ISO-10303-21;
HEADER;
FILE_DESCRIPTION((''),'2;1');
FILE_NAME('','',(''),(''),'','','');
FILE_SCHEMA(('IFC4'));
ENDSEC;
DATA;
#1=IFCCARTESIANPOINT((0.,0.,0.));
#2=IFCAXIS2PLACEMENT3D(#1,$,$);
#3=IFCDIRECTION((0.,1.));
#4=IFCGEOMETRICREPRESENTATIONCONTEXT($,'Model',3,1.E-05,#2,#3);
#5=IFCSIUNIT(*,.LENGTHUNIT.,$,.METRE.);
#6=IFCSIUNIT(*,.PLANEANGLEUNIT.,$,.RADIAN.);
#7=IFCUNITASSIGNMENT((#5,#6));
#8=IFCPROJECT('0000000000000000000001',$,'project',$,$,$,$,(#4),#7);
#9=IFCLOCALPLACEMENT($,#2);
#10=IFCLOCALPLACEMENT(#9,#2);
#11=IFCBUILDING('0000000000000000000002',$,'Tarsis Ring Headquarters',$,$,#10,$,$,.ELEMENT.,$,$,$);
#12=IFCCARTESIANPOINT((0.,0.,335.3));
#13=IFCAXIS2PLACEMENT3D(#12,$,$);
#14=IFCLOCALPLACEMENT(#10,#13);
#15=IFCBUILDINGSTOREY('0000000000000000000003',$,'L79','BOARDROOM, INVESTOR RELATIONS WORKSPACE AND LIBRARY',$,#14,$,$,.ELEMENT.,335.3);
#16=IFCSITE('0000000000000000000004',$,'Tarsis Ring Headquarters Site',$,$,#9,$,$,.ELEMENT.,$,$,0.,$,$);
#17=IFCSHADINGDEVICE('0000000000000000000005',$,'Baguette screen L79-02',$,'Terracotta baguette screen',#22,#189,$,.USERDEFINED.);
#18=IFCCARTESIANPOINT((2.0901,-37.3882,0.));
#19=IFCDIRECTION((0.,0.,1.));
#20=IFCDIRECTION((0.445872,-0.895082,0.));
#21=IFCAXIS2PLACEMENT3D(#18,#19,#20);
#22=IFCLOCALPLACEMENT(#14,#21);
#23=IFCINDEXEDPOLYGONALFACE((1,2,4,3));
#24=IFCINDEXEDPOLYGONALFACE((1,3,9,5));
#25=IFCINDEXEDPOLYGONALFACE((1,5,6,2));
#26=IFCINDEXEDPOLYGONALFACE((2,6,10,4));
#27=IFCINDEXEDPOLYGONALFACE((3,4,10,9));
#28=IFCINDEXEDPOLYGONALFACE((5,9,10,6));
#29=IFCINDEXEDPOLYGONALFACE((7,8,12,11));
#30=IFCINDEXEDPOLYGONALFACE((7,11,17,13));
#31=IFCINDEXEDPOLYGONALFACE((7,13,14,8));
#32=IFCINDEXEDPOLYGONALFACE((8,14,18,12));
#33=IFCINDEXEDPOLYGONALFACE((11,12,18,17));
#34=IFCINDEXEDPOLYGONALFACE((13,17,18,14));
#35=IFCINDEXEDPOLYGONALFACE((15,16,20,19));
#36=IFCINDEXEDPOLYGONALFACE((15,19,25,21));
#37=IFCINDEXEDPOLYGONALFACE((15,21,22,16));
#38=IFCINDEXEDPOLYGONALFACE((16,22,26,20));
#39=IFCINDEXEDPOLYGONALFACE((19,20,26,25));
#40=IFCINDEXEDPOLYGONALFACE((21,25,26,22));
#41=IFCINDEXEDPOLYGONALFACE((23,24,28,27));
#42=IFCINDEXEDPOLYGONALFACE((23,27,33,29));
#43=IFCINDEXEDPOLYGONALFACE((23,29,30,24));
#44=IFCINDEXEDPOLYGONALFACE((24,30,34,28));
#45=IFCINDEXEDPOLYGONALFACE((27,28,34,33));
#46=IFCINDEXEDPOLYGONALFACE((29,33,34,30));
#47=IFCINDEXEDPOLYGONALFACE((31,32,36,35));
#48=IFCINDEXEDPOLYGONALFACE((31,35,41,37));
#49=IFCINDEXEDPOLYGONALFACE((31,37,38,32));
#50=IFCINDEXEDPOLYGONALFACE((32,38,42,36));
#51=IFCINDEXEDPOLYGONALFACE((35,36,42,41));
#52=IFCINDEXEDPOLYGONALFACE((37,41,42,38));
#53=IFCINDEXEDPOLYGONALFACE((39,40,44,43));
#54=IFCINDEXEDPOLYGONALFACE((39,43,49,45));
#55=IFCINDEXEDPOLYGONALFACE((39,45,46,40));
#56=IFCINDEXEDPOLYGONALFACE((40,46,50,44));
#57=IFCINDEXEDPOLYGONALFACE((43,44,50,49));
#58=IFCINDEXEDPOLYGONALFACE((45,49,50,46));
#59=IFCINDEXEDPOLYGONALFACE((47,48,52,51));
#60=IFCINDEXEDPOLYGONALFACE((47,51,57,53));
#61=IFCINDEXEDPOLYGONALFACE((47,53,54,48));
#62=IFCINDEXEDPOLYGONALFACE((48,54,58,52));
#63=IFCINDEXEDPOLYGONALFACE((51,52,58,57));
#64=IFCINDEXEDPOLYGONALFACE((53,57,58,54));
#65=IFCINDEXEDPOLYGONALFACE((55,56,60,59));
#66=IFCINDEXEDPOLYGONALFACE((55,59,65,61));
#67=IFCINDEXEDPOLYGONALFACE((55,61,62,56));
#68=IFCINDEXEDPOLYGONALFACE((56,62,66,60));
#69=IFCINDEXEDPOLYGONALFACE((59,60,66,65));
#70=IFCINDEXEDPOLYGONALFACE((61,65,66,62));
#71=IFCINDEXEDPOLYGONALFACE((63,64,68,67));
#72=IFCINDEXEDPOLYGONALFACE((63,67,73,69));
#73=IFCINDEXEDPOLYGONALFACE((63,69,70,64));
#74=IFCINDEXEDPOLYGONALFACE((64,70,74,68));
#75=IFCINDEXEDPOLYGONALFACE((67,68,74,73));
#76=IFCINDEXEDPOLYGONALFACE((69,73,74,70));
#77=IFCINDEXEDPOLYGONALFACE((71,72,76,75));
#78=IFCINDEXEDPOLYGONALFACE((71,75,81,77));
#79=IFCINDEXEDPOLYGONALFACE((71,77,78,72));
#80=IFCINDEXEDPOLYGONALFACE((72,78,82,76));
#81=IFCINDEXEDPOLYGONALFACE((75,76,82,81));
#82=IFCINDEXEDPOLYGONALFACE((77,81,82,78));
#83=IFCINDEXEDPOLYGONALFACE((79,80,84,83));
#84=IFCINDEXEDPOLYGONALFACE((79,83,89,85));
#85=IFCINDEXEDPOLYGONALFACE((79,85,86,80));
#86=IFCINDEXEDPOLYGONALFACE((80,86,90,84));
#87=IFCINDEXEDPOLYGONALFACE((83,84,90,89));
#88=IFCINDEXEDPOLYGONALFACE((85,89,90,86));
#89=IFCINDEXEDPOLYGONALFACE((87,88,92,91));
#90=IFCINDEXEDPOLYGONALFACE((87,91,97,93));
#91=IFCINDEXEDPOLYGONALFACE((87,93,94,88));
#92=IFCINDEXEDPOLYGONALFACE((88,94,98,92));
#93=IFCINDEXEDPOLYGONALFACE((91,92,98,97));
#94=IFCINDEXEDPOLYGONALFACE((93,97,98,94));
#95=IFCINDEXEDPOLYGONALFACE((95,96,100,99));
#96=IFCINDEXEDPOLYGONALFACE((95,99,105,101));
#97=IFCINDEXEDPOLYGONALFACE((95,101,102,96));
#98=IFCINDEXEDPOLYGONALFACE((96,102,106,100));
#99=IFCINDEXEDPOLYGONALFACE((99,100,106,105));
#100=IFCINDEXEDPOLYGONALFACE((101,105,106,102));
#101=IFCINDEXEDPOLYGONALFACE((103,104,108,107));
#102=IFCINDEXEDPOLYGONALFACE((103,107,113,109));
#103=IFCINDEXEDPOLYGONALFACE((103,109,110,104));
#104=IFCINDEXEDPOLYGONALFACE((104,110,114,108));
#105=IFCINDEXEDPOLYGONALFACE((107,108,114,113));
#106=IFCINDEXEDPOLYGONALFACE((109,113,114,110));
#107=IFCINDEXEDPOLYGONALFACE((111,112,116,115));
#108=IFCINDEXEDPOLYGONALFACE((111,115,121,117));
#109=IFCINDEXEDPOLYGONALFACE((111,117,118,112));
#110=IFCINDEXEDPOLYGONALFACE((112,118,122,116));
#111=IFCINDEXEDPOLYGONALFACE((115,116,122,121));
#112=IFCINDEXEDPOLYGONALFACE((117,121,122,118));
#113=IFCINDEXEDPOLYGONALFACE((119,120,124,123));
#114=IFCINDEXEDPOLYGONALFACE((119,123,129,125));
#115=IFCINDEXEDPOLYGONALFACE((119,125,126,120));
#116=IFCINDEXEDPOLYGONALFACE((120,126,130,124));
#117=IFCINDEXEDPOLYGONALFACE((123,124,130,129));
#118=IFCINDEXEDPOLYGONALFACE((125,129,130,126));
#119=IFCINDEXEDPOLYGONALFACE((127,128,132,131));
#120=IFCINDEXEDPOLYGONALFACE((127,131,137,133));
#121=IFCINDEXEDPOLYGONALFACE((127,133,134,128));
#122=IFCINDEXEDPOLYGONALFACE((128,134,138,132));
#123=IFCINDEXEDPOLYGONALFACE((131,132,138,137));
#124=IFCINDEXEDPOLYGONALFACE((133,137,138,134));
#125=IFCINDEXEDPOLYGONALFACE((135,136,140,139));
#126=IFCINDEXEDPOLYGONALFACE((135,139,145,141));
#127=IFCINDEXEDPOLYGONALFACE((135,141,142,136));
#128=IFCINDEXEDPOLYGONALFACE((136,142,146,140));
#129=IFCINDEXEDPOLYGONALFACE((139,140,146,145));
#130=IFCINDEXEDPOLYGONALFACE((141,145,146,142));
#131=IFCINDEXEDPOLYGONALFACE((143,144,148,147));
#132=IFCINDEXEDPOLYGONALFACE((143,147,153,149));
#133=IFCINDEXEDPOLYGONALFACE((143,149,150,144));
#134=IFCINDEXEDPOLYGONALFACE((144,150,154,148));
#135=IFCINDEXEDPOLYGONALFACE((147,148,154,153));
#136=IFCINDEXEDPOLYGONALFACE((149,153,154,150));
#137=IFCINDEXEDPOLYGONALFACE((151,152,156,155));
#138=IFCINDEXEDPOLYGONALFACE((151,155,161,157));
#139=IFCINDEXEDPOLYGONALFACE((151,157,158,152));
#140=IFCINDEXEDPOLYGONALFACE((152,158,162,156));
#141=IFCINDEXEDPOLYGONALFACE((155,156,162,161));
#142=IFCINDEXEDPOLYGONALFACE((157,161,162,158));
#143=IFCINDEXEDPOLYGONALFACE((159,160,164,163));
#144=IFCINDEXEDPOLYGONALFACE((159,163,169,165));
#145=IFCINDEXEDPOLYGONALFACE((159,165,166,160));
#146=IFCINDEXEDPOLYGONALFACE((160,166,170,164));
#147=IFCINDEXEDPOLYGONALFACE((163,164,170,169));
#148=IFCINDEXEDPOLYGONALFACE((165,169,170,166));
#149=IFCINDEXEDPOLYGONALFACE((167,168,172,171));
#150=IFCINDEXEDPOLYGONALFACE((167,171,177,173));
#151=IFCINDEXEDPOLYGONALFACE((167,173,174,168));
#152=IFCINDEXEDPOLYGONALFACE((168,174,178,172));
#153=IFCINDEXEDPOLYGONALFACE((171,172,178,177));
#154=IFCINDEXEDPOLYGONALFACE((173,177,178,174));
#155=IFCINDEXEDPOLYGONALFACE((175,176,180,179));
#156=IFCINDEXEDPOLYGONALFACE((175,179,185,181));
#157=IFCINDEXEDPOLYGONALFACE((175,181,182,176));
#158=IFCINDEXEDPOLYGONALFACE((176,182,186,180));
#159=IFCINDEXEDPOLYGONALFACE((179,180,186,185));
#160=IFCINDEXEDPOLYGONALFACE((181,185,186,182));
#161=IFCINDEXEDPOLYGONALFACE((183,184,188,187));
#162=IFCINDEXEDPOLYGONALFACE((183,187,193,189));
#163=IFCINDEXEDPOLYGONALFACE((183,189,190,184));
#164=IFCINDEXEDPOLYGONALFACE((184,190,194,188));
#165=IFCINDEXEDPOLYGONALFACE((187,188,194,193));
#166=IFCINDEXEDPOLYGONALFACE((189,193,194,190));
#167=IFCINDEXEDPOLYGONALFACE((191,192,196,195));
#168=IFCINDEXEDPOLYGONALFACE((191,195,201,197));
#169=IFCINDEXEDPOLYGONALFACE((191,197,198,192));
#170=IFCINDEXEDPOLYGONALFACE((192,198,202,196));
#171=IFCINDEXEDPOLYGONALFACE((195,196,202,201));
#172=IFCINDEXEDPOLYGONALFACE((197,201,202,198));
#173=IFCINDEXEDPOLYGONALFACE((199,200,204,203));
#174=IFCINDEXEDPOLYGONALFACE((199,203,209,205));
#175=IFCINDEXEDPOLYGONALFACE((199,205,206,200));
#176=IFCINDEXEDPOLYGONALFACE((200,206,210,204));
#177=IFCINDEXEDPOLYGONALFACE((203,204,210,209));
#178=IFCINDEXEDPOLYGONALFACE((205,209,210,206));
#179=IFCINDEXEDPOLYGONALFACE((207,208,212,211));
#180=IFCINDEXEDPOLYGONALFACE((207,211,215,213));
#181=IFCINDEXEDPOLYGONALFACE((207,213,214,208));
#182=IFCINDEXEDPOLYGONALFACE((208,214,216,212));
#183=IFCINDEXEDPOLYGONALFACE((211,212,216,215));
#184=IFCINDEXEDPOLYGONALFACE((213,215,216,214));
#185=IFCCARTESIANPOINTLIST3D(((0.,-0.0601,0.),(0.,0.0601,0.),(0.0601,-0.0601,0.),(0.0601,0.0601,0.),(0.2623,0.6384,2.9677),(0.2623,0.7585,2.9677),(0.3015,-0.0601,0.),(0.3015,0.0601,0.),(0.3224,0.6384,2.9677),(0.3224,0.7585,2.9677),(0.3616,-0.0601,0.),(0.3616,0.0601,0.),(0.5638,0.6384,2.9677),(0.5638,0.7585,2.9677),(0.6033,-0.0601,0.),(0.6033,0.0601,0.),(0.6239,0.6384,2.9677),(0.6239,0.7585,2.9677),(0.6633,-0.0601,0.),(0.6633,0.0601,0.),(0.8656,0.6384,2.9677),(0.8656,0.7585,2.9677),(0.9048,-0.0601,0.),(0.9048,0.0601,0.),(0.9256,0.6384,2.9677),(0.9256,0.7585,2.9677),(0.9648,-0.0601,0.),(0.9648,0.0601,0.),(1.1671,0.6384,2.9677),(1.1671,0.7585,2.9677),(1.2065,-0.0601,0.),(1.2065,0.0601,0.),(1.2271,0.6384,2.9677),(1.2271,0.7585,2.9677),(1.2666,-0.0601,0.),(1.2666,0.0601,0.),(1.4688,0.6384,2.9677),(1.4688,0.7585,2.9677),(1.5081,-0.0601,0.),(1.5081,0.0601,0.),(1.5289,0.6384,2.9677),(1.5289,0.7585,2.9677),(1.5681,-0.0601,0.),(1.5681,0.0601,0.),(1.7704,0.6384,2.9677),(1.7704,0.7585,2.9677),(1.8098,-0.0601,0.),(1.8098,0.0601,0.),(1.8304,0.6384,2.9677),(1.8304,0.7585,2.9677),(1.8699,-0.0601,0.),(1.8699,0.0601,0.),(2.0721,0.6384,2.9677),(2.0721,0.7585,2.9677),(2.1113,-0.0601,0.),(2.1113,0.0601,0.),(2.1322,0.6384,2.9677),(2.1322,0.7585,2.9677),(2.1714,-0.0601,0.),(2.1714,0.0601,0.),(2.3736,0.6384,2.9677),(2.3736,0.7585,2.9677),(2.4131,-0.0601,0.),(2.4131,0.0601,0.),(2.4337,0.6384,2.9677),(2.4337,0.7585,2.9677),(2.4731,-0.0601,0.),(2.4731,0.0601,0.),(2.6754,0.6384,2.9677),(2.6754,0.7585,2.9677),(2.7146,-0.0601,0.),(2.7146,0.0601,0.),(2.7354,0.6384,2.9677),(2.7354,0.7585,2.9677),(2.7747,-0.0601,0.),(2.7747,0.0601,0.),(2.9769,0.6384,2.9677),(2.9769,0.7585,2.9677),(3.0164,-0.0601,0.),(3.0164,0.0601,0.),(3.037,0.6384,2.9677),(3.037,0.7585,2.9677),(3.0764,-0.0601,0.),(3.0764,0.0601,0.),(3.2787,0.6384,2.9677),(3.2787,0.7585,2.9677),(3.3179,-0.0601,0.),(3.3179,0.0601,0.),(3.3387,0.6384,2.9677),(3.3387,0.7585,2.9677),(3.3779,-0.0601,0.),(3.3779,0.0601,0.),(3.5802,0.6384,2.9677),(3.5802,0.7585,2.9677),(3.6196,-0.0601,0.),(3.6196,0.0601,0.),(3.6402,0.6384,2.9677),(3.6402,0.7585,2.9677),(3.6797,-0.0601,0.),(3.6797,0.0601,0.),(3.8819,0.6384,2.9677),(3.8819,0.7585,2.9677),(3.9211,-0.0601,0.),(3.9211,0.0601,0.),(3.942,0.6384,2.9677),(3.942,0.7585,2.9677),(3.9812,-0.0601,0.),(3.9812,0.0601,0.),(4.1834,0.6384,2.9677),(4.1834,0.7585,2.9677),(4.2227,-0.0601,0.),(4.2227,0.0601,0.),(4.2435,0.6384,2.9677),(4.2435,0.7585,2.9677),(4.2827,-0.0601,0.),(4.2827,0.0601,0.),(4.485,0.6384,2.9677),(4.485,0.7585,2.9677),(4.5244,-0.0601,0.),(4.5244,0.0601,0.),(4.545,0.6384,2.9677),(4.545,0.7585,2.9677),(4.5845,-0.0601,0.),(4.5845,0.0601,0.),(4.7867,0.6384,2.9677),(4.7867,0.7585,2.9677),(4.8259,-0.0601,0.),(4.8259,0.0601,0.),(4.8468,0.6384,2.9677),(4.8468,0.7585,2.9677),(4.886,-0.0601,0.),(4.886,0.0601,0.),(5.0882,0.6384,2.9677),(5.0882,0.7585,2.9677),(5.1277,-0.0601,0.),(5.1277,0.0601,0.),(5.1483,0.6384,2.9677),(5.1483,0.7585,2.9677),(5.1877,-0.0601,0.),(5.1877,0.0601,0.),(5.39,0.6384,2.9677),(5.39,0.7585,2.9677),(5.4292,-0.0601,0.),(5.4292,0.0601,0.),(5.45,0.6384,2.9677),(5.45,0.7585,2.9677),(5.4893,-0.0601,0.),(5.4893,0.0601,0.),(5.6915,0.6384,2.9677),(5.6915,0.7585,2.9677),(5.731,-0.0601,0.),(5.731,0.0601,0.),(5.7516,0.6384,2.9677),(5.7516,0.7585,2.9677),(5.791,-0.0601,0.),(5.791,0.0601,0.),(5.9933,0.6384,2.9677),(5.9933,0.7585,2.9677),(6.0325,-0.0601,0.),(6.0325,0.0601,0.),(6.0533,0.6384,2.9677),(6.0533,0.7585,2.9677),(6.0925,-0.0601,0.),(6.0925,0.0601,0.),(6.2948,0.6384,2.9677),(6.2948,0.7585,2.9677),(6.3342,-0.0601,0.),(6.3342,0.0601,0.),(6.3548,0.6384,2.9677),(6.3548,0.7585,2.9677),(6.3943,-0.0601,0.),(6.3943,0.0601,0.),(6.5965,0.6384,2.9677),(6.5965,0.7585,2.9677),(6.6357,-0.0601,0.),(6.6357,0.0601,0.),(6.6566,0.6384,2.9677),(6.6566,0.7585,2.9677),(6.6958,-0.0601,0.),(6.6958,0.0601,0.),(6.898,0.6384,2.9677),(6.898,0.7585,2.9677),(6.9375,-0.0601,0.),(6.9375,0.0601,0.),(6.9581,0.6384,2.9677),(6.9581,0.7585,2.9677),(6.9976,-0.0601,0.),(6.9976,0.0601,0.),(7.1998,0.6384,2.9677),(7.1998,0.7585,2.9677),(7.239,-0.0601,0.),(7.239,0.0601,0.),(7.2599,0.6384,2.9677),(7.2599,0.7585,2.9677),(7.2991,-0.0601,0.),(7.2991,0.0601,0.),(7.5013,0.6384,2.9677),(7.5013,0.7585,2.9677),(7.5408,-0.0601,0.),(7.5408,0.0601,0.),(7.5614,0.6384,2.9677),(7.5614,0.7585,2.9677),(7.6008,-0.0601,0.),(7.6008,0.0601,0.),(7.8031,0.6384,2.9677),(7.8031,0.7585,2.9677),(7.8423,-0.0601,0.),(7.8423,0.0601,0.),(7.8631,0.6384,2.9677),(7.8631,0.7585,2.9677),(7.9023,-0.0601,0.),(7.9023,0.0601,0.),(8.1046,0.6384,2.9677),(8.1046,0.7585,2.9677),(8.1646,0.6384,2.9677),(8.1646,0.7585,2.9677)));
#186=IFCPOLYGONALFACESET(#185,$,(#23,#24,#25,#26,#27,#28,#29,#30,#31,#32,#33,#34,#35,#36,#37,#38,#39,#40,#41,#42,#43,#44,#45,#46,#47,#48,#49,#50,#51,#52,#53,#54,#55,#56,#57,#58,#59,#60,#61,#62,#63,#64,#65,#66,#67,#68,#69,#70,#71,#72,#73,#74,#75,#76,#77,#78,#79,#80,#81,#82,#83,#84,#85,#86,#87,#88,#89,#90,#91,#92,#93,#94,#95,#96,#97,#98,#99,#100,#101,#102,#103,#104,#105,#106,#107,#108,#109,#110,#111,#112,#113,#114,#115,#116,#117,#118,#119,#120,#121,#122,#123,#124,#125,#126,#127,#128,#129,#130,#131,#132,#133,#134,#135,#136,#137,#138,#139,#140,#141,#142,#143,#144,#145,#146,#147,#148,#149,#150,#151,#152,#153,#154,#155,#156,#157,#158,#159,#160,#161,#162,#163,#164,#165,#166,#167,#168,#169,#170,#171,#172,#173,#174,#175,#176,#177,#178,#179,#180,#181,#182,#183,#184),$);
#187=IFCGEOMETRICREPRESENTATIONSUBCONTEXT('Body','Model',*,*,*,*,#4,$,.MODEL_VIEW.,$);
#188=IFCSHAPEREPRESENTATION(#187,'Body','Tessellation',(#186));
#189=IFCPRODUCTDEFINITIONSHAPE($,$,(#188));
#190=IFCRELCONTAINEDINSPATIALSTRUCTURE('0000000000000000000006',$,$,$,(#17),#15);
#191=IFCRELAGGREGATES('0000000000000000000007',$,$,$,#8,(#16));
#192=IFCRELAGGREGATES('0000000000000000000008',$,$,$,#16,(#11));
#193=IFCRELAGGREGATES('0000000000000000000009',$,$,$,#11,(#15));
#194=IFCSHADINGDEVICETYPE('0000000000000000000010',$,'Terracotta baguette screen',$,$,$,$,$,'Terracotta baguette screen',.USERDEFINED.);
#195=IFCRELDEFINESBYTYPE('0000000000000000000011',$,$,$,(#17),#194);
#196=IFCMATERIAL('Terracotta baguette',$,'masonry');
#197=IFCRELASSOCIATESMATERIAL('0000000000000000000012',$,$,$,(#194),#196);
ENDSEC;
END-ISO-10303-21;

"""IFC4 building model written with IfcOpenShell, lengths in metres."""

from ifc_helpers import new_model, si_unit, direction, frame, frame_2d, origin, place, context, subcontext, project, spatial, rectangle, composite_profile, extrude, material, type_object, element, save


model = new_model("IFC4")

# Units and contexts
model_context = context("Model", 3, precision=1e-05, world=origin(), true_north=direction((0.0, 1.0)))
body_context = subcontext(model_context, "Body", "Model", "MODEL_VIEW")
ifc_project = project(units=[si_unit("LENGTHUNIT", "METRE"), si_unit("PLANEANGLEUNIT", "RADIAN")], contexts=[model_context])

# Site, building, storey
site_placement = place(None, origin())
site = spatial("IfcSite", under=ifc_project, at=site_placement, Name="Tarsis Ring Headquarters Site", CompositionType="ELEMENT", RefElevation=0.0)
building_placement = place(site_placement, origin())
building = spatial("IfcBuilding", under=site, at=building_placement, Name="Tarsis Ring Headquarters", CompositionType="ELEMENT")
storey_placement = place(building_placement, frame((0.0, 0.0, 335.3)))
storey = spatial("IfcBuildingStorey", under=building, at=storey_placement, Name="L79", Description="BOARDROOM, INVESTOR RELATIONS WORKSPACE AND LIBRARY", CompositionType="ELEMENT", Elevation=335.3)

# Shading device
ifc_material_1 = material(Name="Terracotta baguette", Category="masonry")
shading_device_type_1 = type_object("IfcShadingDeviceType", Name="Terracotta baguette screen", ElementType="Terracotta baguette screen", PredefinedType="USERDEFINED", material=ifc_material_1)
shading_device_1_placement = place(storey_placement, frame((2.0901, -37.3882, 0.0), z_axis=(0.0, 0.0, 1.0), x_axis=(0.445872, -0.895082, 0.0)))
element("IfcShadingDevice", 1, at=shading_device_1_placement, inside=storey, type_object=shading_device_type_1, Name="Baguette screen L79-02", ObjectType="Terracotta baguette screen", PredefinedType="USERDEFINED", context=body_context, shape_type="SweptSolid", body=[
    extrude(composite_profile([rectangle(XDim=0.0601, YDim=0.1201, at=frame_2d((0.03, 0.0))), rectangle(XDim=0.0601, YDim=0.1201, at=frame_2d((0.3315, 0.0))), rectangle(XDim=0.0601, YDim=0.1201, at=frame_2d((0.6333, 0.0))), rectangle(XDim=0.0601, YDim=0.1201, at=frame_2d((0.9348, 0.0))), rectangle(XDim=0.0601, YDim=0.1201, at=frame_2d((1.2366, 0.0))), rectangle(XDim=0.0601, YDim=0.1201, at=frame_2d((1.5381, 0.0))), rectangle(XDim=0.0601, YDim=0.1201, at=frame_2d((1.8398, 0.0))), rectangle(XDim=0.0601, YDim=0.1201, at=frame_2d((2.1414, 0.0))), rectangle(XDim=0.0601, YDim=0.1201, at=frame_2d((2.4431, 0.0))), rectangle(XDim=0.0601, YDim=0.1201, at=frame_2d((2.7446, 0.0))), rectangle(XDim=0.0601, YDim=0.1201, at=frame_2d((3.0464, 0.0))), rectangle(XDim=0.0601, YDim=0.1201, at=frame_2d((3.3479, 0.0))), rectangle(XDim=0.0601, YDim=0.1201, at=frame_2d((3.6497, 0.0))), rectangle(XDim=0.0601, YDim=0.1201, at=frame_2d((3.9512, 0.0))), rectangle(XDim=0.0601, YDim=0.1201, at=frame_2d((4.2527, 0.0))), rectangle(XDim=0.0601, YDim=0.1201, at=frame_2d((4.5544, 0.0))), rectangle(XDim=0.0601, YDim=0.1201, at=frame_2d((4.856, 0.0))), rectangle(XDim=0.0601, YDim=0.1201, at=frame_2d((5.1577, 0.0))), rectangle(XDim=0.0601, YDim=0.1201, at=frame_2d((5.4592, 0.0))), rectangle(XDim=0.0601, YDim=0.1201, at=frame_2d((5.761, 0.0))), rectangle(XDim=0.0601, YDim=0.1201, at=frame_2d((6.0625, 0.0))), rectangle(XDim=0.0601, YDim=0.1201, at=frame_2d((6.3643, 0.0))), rectangle(XDim=0.0601, YDim=0.1201, at=frame_2d((6.6658, 0.0))), rectangle(XDim=0.0601, YDim=0.1201, at=frame_2d((6.9675, 0.0))), rectangle(XDim=0.0601, YDim=0.1201, at=frame_2d((7.269, 0.0))), rectangle(XDim=0.0601, YDim=0.1201, at=frame_2d((7.5708, 0.0))), rectangle(XDim=0.0601, YDim=0.1201, at=frame_2d((7.8723, 0.0)))]), origin(), (0.085716, 0.228252, 0.969822), 3.0601),
])

save(model, "model.ifc")
